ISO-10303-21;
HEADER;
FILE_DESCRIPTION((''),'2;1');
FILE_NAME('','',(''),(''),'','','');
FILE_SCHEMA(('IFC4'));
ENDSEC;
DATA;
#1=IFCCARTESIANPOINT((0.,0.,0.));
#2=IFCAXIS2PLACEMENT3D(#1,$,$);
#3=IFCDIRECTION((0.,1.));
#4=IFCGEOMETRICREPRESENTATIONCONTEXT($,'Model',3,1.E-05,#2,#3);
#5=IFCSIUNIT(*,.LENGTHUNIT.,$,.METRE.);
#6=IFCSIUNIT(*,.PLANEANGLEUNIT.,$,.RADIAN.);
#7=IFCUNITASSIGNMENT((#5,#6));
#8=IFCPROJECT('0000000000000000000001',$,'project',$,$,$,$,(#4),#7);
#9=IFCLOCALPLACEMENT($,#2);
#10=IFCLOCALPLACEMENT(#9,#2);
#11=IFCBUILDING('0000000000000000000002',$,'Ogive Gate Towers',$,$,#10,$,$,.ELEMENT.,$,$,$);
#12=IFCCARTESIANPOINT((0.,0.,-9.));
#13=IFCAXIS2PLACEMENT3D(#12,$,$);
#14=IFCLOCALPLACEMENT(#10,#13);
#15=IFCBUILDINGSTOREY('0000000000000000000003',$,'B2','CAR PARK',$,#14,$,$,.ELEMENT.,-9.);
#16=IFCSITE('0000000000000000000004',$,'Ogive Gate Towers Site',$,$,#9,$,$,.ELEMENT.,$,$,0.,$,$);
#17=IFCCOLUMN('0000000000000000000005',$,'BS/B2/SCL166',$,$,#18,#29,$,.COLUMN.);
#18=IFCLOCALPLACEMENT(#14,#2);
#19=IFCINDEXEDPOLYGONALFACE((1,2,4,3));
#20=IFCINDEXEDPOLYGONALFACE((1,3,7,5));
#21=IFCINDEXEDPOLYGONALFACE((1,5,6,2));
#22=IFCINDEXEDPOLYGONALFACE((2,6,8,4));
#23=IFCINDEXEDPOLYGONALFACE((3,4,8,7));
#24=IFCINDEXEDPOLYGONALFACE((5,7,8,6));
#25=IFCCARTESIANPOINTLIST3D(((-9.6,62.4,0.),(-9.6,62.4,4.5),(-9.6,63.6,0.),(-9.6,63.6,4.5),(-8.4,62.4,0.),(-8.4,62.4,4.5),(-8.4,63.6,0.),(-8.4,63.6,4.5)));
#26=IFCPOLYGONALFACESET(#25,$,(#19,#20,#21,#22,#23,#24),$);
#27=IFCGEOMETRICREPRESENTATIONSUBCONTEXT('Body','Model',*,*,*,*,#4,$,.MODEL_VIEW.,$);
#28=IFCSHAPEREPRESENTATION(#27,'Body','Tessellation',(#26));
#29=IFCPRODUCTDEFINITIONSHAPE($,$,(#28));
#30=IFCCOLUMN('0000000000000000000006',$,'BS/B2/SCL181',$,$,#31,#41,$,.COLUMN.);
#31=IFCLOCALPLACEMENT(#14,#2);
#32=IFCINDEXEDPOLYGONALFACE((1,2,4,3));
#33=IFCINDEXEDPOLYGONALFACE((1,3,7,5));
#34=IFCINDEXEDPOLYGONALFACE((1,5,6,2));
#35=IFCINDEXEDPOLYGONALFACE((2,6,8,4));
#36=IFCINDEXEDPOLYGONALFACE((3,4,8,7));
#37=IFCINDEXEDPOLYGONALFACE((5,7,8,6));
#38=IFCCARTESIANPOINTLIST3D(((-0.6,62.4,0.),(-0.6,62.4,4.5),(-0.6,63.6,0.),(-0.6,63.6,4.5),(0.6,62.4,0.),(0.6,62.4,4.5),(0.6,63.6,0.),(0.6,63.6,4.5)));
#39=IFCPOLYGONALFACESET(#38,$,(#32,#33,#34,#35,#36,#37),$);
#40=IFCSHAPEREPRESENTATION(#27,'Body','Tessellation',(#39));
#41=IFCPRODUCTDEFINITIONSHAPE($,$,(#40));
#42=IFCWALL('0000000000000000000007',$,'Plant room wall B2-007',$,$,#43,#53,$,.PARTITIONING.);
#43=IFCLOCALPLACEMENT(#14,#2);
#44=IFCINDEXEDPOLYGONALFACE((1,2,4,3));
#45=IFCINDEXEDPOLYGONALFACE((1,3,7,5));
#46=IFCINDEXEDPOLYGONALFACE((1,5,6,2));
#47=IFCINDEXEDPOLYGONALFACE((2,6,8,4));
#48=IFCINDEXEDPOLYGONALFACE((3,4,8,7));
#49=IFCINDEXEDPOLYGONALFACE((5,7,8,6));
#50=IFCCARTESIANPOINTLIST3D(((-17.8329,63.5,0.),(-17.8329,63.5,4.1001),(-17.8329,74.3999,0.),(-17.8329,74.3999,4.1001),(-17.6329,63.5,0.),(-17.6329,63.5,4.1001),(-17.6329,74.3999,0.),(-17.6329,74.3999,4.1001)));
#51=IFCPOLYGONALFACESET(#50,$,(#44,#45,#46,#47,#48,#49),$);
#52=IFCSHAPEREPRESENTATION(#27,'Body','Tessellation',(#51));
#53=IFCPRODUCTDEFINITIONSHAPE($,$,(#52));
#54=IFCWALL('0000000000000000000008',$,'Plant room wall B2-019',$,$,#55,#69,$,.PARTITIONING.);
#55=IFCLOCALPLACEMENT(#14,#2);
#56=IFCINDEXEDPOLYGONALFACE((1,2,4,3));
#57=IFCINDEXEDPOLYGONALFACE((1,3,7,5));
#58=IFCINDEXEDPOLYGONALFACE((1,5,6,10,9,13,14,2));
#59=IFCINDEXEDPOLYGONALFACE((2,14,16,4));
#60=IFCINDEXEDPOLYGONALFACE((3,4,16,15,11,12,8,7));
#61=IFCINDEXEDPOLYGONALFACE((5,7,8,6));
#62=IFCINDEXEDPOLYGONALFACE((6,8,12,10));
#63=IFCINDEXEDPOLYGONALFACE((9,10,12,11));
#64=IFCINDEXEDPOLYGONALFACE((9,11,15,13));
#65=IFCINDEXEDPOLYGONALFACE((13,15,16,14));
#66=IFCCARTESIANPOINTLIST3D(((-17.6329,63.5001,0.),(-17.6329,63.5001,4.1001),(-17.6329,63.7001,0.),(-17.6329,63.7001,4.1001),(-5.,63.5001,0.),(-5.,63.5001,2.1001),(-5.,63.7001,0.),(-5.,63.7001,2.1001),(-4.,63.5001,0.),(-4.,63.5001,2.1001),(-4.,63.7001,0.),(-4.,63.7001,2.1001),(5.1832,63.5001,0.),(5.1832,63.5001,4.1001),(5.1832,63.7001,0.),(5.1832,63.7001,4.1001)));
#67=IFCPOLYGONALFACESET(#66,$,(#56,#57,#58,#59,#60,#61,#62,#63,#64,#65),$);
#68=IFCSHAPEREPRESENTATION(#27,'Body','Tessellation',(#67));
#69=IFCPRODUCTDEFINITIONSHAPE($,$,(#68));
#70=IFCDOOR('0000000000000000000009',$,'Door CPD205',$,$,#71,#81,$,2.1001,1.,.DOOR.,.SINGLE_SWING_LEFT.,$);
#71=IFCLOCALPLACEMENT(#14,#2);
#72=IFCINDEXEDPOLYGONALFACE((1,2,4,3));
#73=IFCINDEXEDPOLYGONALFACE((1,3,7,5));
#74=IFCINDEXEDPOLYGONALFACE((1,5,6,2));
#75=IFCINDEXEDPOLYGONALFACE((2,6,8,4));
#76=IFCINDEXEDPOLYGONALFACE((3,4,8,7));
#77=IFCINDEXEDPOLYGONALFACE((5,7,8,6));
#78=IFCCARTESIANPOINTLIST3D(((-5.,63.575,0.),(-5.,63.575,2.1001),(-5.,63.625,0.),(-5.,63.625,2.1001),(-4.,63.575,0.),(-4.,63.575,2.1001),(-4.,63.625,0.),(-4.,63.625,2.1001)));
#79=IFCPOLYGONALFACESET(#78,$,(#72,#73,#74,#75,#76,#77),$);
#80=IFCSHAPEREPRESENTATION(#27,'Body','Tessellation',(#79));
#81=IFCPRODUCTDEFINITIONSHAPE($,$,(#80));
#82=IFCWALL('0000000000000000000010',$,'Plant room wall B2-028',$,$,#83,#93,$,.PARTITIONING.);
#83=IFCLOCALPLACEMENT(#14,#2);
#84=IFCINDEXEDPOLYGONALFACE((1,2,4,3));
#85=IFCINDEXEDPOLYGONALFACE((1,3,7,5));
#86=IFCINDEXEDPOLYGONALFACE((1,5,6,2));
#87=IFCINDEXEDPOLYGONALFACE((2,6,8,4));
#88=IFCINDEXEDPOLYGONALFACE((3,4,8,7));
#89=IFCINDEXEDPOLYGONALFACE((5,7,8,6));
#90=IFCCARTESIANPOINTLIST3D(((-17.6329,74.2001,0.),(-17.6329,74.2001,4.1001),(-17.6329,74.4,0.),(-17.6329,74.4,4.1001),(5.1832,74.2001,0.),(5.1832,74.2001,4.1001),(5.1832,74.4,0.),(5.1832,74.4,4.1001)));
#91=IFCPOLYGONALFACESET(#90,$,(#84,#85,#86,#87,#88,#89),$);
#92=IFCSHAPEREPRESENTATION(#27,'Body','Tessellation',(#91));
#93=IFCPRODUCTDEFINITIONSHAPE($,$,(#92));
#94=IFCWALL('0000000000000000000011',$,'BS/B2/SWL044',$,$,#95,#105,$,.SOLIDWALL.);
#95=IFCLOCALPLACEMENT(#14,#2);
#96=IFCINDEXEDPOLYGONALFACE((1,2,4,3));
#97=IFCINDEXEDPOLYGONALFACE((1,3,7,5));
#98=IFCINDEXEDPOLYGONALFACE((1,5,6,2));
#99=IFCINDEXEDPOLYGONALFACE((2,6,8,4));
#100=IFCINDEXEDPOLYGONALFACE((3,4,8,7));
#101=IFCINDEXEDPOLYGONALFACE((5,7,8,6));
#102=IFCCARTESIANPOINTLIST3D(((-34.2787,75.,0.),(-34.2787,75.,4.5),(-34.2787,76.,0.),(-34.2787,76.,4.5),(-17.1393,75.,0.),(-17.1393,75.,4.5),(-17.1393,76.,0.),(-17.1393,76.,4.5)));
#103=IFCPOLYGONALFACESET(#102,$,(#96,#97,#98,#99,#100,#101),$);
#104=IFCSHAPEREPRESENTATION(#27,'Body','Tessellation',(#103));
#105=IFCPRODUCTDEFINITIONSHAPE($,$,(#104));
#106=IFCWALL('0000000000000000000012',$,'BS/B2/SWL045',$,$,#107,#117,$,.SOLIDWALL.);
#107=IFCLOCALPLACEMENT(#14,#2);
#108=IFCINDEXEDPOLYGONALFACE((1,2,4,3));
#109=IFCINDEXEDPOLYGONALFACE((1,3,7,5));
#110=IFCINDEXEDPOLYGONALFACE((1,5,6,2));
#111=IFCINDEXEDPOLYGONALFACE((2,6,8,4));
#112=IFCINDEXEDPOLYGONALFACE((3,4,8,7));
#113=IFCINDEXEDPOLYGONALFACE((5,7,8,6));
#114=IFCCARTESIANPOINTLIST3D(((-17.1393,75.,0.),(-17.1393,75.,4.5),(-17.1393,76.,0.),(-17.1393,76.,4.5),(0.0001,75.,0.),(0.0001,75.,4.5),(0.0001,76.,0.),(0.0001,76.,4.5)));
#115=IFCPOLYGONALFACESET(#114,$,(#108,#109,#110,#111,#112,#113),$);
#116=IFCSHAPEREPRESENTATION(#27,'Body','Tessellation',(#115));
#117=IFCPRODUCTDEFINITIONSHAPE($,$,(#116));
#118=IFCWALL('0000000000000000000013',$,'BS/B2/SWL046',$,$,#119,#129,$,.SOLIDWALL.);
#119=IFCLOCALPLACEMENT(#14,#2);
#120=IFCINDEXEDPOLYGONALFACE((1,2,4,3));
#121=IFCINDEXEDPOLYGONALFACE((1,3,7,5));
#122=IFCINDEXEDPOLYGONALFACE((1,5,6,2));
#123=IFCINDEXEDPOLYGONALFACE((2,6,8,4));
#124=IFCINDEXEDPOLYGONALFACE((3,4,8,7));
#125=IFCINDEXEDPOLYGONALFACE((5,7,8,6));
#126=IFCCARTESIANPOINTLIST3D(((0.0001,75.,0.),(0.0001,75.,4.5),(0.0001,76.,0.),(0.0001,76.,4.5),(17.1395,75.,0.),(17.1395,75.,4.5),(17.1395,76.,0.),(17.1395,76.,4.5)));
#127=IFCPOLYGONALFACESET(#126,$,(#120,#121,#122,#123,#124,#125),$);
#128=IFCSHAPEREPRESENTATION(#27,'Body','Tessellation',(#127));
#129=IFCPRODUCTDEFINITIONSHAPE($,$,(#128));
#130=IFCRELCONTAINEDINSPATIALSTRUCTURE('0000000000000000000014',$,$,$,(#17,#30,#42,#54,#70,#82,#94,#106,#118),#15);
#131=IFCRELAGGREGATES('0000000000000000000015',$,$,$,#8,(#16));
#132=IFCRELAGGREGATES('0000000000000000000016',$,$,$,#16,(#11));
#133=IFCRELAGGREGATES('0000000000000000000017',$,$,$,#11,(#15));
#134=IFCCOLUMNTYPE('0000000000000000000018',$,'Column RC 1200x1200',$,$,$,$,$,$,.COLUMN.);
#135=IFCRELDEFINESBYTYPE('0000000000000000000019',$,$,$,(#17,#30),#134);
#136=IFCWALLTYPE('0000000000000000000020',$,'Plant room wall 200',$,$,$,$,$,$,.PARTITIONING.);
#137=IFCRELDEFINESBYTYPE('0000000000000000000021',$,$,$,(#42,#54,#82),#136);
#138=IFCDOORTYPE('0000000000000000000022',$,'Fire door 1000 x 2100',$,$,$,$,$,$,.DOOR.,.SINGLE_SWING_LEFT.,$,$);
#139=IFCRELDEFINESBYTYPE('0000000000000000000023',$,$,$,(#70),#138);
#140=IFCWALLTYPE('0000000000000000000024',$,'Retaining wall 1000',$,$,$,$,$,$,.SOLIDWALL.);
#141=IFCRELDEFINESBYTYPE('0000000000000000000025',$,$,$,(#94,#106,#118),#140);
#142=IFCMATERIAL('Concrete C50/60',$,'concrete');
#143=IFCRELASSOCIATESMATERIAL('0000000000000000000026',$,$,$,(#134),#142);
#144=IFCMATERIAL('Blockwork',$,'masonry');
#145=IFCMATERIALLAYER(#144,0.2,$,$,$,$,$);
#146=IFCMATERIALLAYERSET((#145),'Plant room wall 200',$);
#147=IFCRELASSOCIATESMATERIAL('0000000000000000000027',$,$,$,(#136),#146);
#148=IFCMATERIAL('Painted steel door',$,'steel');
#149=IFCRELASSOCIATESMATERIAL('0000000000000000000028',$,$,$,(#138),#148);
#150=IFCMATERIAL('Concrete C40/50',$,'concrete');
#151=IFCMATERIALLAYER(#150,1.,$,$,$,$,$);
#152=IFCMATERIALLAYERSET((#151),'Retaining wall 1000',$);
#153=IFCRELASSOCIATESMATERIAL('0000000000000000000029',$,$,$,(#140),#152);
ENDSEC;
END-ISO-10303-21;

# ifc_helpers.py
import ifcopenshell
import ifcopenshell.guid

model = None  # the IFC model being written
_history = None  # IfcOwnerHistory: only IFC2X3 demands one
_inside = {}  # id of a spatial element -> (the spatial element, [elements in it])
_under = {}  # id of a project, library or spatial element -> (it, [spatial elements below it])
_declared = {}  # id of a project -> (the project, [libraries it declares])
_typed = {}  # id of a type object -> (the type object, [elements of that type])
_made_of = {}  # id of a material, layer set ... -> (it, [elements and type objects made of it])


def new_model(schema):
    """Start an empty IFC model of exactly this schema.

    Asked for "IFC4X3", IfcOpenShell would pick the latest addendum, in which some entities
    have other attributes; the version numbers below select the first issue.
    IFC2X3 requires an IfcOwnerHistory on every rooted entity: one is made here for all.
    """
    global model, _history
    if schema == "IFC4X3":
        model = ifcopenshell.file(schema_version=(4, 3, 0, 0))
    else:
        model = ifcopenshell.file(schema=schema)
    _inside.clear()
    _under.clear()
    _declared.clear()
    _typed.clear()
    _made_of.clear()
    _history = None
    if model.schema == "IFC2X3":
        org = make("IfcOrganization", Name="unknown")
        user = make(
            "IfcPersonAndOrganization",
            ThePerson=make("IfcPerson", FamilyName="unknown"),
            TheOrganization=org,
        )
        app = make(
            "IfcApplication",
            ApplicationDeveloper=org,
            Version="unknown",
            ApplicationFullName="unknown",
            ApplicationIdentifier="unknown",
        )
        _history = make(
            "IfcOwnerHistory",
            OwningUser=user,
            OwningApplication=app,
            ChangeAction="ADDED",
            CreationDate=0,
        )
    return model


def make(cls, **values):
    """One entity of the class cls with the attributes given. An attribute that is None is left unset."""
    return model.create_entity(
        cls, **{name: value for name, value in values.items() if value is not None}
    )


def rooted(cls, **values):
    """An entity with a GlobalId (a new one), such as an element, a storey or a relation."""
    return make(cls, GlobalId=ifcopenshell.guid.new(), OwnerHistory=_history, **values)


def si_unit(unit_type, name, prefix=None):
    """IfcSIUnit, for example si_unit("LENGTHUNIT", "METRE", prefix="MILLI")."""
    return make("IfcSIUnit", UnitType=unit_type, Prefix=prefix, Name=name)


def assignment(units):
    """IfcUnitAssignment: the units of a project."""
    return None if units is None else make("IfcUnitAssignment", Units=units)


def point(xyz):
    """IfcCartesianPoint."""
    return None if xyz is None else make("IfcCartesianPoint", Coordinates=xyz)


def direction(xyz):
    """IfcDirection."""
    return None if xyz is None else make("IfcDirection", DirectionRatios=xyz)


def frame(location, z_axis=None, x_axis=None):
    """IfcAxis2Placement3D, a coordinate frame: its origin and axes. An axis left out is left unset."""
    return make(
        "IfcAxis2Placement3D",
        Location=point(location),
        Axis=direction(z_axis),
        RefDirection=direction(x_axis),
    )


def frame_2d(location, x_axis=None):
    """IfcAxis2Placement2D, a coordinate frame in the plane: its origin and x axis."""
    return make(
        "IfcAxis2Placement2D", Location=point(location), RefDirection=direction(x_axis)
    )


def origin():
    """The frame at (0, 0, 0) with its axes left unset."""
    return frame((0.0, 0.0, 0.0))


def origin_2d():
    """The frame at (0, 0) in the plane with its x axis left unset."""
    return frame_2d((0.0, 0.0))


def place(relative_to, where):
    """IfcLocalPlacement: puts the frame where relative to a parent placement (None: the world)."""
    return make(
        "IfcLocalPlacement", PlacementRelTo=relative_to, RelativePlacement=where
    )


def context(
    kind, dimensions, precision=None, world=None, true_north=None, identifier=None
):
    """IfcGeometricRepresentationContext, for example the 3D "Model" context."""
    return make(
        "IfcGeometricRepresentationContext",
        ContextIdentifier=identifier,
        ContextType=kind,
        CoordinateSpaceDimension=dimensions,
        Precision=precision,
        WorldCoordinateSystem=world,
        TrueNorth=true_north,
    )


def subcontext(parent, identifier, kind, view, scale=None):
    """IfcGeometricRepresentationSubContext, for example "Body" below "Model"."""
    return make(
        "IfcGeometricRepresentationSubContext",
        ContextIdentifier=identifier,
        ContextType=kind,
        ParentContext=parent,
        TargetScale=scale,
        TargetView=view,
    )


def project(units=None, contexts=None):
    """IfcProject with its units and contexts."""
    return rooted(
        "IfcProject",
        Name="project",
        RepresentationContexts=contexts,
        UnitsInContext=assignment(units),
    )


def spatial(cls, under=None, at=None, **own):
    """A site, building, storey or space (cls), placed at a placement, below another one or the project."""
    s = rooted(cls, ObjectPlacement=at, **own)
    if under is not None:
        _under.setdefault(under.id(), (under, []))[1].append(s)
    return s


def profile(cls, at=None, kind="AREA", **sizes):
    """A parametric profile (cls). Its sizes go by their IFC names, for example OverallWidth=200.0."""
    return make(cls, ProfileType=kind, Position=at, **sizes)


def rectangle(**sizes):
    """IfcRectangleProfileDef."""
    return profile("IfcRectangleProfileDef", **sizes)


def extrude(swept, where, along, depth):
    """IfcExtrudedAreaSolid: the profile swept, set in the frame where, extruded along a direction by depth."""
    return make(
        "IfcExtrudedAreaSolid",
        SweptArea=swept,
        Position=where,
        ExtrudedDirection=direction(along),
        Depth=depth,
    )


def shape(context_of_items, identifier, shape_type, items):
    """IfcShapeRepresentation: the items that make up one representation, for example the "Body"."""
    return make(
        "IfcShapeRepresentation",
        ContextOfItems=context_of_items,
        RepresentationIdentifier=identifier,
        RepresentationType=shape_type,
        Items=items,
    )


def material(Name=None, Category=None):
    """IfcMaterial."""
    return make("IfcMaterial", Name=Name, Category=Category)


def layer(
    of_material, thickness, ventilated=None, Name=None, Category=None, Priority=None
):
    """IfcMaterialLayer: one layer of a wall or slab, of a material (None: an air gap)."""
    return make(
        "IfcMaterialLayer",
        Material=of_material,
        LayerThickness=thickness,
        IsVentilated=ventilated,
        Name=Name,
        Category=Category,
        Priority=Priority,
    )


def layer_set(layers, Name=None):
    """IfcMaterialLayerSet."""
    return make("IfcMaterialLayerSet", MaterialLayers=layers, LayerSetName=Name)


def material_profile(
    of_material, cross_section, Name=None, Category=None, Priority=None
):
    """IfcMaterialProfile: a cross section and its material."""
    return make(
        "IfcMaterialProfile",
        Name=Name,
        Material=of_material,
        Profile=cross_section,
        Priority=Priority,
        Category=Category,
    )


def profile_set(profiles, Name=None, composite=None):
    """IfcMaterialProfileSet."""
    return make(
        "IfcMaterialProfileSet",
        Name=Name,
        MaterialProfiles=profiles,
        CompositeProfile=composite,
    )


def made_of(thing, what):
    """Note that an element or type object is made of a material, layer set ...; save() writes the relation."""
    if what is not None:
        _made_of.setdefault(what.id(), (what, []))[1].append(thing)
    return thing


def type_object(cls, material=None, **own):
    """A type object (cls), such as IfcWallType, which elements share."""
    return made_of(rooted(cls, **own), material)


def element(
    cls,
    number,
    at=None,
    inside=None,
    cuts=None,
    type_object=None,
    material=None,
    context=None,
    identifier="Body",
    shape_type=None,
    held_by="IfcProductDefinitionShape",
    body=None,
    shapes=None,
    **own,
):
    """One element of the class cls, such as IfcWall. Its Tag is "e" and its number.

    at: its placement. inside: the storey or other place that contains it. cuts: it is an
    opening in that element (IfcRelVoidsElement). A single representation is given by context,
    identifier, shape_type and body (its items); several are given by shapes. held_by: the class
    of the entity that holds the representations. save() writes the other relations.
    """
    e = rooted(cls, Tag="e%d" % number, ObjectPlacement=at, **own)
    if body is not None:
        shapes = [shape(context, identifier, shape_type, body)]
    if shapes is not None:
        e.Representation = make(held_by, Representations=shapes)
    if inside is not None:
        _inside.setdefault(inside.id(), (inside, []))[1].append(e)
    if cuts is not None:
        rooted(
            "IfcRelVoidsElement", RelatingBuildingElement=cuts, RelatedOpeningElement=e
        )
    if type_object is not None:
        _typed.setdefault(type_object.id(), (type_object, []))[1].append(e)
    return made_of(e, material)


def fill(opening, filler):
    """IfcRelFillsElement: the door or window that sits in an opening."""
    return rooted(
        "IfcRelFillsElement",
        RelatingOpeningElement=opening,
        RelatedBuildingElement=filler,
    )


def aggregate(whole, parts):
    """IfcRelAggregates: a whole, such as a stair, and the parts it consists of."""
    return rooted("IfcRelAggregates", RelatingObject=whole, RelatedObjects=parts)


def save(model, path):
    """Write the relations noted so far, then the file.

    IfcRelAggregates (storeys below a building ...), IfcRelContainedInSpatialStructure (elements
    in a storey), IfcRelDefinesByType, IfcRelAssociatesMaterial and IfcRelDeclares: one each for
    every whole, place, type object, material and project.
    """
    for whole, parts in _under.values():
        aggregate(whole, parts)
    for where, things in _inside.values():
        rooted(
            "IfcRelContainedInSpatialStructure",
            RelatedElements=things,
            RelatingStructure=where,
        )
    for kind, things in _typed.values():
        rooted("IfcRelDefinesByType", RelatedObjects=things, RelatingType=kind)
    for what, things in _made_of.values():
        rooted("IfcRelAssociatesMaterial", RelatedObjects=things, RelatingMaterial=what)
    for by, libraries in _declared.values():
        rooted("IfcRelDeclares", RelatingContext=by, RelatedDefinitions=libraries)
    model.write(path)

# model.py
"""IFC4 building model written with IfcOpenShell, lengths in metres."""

from ifc_helpers import new_model, si_unit, direction, frame, frame_2d, origin, origin_2d, place, context, subcontext, project, spatial, rectangle, extrude, material, layer, layer_set, material_profile, profile_set, type_object, element, fill, save


model = new_model("IFC4")

# Units and contexts
model_context = context("Model", 3, precision=1e-05, world=origin(), true_north=direction((0.0, 1.0)))
body_context = subcontext(model_context, "Body", "Model", "MODEL_VIEW")
ifc_project = project(units=[si_unit("LENGTHUNIT", "METRE"), si_unit("PLANEANGLEUNIT", "RADIAN")], contexts=[model_context])

# Site, building, storey
site_placement = place(None, origin())
site = spatial("IfcSite", under=ifc_project, at=site_placement, Name="Ogive Gate Towers Site", CompositionType="ELEMENT", RefElevation=0.0)
building_placement = place(site_placement, origin())
building = spatial("IfcBuilding", under=site, at=building_placement, Name="Ogive Gate Towers", CompositionType="ELEMENT")
storey_placement = place(building_placement, frame((0.0, 0.0, -9.0)))
storey = spatial("IfcBuildingStorey", under=building, at=storey_placement, Name="B2", Description="CAR PARK", CompositionType="ELEMENT", Elevation=-9.0)

# Shared definitions
ifc_material_1 = material(Name="Concrete C40/50", Category="concrete")

# Columns
ifc_material_2 = material(Name="Concrete C50/60", Category="concrete")
ifc_material_profile_1 = material_profile(ifc_material_2, rectangle(XDim=1.2, YDim=1.2, at=origin_2d()), Name="RC 1200x1200")
ifc_profile_set_1 = profile_set([ifc_material_profile_1], Name="Concrete C50/60")
column_type = type_object("IfcColumnType", Name="Column RC 1200x1200", PredefinedType="COLUMN", material=ifc_profile_set_1)
for number, where, z_axis, x_axis, name in (
    (1, (-9.0, 63.0, 0.0), (0.0, 0.0, 1.0), (1.0, 0.0, 0.0), "BS/B2/SCL166"),
    (2, (0.0, 63.0, 0.0), (0.0, 0.0, 1.0), (1.0, 0.0, 0.0), "BS/B2/SCL181"),
):
    element("IfcColumn", number, at=place(storey_placement, frame(where, z_axis=z_axis, x_axis=x_axis)), inside=storey, type_object=column_type, Name=name, PredefinedType="COLUMN", context=body_context, shape_type="SweptSolid", body=[
        extrude(rectangle(XDim=1.2, YDim=1.2, at=origin_2d()), origin(), (0.0, 0.0, 1.0), 4.5),
    ])

# Wall
ifc_material_3 = material(Name="Blockwork", Category="masonry")
ifc_layer_1 = layer(ifc_material_3, 0.2)
ifc_layer_set_1 = layer_set([ifc_layer_1], Name="Plant room wall 200")
wall_type_1 = type_object("IfcWallType", Name="Plant room wall 200", PredefinedType="PARTITIONING", material=ifc_layer_set_1)
wall_1_placement = place(storey_placement, frame((-17.7329, 63.5, 0.0), z_axis=(0.0, 0.0, 1.0), x_axis=(0.0, 1.0, 0.0)))
element("IfcWall", 3, at=wall_1_placement, inside=storey, type_object=wall_type_1, Name="Plant room wall B2-007", PredefinedType="PARTITIONING", context=body_context, shape_type="SweptSolid", body=[
    extrude(rectangle(XDim=10.8999, YDim=0.2, at=frame_2d((5.45, 0.0))), origin(), (0.0, 0.0, 1.0), 4.1001),
])

# Wall, opening, door
wall_2_placement = place(storey_placement, frame((-17.6331, 63.6001, 0.0), z_axis=(0.0, 0.0, 1.0), x_axis=(1.0, 0.0, 0.0)))
wall_2 = element("IfcWall", 4, at=wall_2_placement, inside=storey, type_object=wall_type_1, Name="Plant room wall B2-019", PredefinedType="PARTITIONING", context=body_context, shape_type="SweptSolid", body=[
    extrude(rectangle(XDim=22.8162, YDim=0.2, at=frame_2d((11.4082, 0.0))), origin(), (0.0, 0.0, 1.0), 4.1001),
])
opening_placement = place(wall_2_placement, frame((12.6331, 0.0, 0.0)))
opening = element("IfcOpeningElement", 5, at=opening_placement, cuts=wall_2, PredefinedType="OPENING", context=body_context, shape_type="SweptSolid", body=[
    extrude(rectangle(XDim=1.0, YDim=2.1001, at=frame_2d((0.5, 1.05))), frame((0.0, 0.1099, 0.0), z_axis=(0.0, -1.0, 0.0), x_axis=(1.0, 0.0, 0.0)), (0.0, 0.0, 1.0), 0.22),
])
ifc_material_4 = material(Name="Painted steel door", Category="steel")
door_type = type_object("IfcDoorType", Name="Fire door 1000 x 2100", OperationType="SINGLE_SWING_LEFT", PredefinedType="DOOR", material=ifc_material_4)
door_placement = place(opening_placement, origin())
door = element("IfcDoor", 6, at=door_placement, inside=storey, type_object=door_type, Name="Door CPD205", OperationType="SINGLE_SWING_LEFT", OverallHeight=2.1001, OverallWidth=1.0, PredefinedType="DOOR", context=body_context, shape_type="SweptSolid", body=[
    extrude(rectangle(XDim=1.0, YDim=2.1001, at=frame_2d((0.5, 1.05))), frame((0.0, 0.0249, 0.0), z_axis=(0.0, -1.0, 0.0), x_axis=(1.0, 0.0, 0.0)), (0.0, 0.0, 1.0), 0.05),
])
fill(opening, door)

# Walls
wall_3_placement = place(storey_placement, frame((-17.6331, 74.3, 0.0), z_axis=(0.0, 0.0, 1.0), x_axis=(1.0, 0.0, 0.0)))
element("IfcWall", 7, at=wall_3_placement, inside=storey, type_object=wall_type_1, Name="Plant room wall B2-028", PredefinedType="PARTITIONING", context=body_context, shape_type="SweptSolid", body=[
    extrude(rectangle(XDim=22.8162, YDim=0.2, at=frame_2d((11.4082, 0.0))), origin(), (0.0, 0.0, 1.0), 4.1001),
])
ifc_layer_2 = layer(ifc_material_1, 1.0)
ifc_layer_set_2 = layer_set([ifc_layer_2], Name="Retaining wall 1000")
wall_type_2 = type_object("IfcWallType", Name="Retaining wall 1000", PredefinedType="SOLIDWALL", material=ifc_layer_set_2)
for number, where, z_axis, x_axis, name in (
    (8, (-34.2788, 75.5, 0.0), (0.0, 0.0, 1.0), (1.0, 0.0, 0.0), "BS/B2/SWL044"),
    (9, (-17.1394, 75.5, 0.0), (0.0, 0.0, 1.0), (1.0, 0.0, 0.0), "BS/B2/SWL045"),
    (10, (0.0, 75.5, 0.0), (0.0, 0.0, 1.0), (1.0, 0.0, 0.0), "BS/B2/SWL046"),
):
    element("IfcWall", number, at=place(storey_placement, frame(where, z_axis=z_axis, x_axis=x_axis)), inside=storey, type_object=wall_type_2, Name=name, PredefinedType="SOLIDWALL", context=body_context, shape_type="SweptSolid", body=[
        extrude(rectangle(XDim=17.1394, YDim=1.0, at=frame_2d((8.5698, 0.0))), origin(), (0.0, 0.0, 1.0), 4.5),
    ])

save(model, "model.ifc")
